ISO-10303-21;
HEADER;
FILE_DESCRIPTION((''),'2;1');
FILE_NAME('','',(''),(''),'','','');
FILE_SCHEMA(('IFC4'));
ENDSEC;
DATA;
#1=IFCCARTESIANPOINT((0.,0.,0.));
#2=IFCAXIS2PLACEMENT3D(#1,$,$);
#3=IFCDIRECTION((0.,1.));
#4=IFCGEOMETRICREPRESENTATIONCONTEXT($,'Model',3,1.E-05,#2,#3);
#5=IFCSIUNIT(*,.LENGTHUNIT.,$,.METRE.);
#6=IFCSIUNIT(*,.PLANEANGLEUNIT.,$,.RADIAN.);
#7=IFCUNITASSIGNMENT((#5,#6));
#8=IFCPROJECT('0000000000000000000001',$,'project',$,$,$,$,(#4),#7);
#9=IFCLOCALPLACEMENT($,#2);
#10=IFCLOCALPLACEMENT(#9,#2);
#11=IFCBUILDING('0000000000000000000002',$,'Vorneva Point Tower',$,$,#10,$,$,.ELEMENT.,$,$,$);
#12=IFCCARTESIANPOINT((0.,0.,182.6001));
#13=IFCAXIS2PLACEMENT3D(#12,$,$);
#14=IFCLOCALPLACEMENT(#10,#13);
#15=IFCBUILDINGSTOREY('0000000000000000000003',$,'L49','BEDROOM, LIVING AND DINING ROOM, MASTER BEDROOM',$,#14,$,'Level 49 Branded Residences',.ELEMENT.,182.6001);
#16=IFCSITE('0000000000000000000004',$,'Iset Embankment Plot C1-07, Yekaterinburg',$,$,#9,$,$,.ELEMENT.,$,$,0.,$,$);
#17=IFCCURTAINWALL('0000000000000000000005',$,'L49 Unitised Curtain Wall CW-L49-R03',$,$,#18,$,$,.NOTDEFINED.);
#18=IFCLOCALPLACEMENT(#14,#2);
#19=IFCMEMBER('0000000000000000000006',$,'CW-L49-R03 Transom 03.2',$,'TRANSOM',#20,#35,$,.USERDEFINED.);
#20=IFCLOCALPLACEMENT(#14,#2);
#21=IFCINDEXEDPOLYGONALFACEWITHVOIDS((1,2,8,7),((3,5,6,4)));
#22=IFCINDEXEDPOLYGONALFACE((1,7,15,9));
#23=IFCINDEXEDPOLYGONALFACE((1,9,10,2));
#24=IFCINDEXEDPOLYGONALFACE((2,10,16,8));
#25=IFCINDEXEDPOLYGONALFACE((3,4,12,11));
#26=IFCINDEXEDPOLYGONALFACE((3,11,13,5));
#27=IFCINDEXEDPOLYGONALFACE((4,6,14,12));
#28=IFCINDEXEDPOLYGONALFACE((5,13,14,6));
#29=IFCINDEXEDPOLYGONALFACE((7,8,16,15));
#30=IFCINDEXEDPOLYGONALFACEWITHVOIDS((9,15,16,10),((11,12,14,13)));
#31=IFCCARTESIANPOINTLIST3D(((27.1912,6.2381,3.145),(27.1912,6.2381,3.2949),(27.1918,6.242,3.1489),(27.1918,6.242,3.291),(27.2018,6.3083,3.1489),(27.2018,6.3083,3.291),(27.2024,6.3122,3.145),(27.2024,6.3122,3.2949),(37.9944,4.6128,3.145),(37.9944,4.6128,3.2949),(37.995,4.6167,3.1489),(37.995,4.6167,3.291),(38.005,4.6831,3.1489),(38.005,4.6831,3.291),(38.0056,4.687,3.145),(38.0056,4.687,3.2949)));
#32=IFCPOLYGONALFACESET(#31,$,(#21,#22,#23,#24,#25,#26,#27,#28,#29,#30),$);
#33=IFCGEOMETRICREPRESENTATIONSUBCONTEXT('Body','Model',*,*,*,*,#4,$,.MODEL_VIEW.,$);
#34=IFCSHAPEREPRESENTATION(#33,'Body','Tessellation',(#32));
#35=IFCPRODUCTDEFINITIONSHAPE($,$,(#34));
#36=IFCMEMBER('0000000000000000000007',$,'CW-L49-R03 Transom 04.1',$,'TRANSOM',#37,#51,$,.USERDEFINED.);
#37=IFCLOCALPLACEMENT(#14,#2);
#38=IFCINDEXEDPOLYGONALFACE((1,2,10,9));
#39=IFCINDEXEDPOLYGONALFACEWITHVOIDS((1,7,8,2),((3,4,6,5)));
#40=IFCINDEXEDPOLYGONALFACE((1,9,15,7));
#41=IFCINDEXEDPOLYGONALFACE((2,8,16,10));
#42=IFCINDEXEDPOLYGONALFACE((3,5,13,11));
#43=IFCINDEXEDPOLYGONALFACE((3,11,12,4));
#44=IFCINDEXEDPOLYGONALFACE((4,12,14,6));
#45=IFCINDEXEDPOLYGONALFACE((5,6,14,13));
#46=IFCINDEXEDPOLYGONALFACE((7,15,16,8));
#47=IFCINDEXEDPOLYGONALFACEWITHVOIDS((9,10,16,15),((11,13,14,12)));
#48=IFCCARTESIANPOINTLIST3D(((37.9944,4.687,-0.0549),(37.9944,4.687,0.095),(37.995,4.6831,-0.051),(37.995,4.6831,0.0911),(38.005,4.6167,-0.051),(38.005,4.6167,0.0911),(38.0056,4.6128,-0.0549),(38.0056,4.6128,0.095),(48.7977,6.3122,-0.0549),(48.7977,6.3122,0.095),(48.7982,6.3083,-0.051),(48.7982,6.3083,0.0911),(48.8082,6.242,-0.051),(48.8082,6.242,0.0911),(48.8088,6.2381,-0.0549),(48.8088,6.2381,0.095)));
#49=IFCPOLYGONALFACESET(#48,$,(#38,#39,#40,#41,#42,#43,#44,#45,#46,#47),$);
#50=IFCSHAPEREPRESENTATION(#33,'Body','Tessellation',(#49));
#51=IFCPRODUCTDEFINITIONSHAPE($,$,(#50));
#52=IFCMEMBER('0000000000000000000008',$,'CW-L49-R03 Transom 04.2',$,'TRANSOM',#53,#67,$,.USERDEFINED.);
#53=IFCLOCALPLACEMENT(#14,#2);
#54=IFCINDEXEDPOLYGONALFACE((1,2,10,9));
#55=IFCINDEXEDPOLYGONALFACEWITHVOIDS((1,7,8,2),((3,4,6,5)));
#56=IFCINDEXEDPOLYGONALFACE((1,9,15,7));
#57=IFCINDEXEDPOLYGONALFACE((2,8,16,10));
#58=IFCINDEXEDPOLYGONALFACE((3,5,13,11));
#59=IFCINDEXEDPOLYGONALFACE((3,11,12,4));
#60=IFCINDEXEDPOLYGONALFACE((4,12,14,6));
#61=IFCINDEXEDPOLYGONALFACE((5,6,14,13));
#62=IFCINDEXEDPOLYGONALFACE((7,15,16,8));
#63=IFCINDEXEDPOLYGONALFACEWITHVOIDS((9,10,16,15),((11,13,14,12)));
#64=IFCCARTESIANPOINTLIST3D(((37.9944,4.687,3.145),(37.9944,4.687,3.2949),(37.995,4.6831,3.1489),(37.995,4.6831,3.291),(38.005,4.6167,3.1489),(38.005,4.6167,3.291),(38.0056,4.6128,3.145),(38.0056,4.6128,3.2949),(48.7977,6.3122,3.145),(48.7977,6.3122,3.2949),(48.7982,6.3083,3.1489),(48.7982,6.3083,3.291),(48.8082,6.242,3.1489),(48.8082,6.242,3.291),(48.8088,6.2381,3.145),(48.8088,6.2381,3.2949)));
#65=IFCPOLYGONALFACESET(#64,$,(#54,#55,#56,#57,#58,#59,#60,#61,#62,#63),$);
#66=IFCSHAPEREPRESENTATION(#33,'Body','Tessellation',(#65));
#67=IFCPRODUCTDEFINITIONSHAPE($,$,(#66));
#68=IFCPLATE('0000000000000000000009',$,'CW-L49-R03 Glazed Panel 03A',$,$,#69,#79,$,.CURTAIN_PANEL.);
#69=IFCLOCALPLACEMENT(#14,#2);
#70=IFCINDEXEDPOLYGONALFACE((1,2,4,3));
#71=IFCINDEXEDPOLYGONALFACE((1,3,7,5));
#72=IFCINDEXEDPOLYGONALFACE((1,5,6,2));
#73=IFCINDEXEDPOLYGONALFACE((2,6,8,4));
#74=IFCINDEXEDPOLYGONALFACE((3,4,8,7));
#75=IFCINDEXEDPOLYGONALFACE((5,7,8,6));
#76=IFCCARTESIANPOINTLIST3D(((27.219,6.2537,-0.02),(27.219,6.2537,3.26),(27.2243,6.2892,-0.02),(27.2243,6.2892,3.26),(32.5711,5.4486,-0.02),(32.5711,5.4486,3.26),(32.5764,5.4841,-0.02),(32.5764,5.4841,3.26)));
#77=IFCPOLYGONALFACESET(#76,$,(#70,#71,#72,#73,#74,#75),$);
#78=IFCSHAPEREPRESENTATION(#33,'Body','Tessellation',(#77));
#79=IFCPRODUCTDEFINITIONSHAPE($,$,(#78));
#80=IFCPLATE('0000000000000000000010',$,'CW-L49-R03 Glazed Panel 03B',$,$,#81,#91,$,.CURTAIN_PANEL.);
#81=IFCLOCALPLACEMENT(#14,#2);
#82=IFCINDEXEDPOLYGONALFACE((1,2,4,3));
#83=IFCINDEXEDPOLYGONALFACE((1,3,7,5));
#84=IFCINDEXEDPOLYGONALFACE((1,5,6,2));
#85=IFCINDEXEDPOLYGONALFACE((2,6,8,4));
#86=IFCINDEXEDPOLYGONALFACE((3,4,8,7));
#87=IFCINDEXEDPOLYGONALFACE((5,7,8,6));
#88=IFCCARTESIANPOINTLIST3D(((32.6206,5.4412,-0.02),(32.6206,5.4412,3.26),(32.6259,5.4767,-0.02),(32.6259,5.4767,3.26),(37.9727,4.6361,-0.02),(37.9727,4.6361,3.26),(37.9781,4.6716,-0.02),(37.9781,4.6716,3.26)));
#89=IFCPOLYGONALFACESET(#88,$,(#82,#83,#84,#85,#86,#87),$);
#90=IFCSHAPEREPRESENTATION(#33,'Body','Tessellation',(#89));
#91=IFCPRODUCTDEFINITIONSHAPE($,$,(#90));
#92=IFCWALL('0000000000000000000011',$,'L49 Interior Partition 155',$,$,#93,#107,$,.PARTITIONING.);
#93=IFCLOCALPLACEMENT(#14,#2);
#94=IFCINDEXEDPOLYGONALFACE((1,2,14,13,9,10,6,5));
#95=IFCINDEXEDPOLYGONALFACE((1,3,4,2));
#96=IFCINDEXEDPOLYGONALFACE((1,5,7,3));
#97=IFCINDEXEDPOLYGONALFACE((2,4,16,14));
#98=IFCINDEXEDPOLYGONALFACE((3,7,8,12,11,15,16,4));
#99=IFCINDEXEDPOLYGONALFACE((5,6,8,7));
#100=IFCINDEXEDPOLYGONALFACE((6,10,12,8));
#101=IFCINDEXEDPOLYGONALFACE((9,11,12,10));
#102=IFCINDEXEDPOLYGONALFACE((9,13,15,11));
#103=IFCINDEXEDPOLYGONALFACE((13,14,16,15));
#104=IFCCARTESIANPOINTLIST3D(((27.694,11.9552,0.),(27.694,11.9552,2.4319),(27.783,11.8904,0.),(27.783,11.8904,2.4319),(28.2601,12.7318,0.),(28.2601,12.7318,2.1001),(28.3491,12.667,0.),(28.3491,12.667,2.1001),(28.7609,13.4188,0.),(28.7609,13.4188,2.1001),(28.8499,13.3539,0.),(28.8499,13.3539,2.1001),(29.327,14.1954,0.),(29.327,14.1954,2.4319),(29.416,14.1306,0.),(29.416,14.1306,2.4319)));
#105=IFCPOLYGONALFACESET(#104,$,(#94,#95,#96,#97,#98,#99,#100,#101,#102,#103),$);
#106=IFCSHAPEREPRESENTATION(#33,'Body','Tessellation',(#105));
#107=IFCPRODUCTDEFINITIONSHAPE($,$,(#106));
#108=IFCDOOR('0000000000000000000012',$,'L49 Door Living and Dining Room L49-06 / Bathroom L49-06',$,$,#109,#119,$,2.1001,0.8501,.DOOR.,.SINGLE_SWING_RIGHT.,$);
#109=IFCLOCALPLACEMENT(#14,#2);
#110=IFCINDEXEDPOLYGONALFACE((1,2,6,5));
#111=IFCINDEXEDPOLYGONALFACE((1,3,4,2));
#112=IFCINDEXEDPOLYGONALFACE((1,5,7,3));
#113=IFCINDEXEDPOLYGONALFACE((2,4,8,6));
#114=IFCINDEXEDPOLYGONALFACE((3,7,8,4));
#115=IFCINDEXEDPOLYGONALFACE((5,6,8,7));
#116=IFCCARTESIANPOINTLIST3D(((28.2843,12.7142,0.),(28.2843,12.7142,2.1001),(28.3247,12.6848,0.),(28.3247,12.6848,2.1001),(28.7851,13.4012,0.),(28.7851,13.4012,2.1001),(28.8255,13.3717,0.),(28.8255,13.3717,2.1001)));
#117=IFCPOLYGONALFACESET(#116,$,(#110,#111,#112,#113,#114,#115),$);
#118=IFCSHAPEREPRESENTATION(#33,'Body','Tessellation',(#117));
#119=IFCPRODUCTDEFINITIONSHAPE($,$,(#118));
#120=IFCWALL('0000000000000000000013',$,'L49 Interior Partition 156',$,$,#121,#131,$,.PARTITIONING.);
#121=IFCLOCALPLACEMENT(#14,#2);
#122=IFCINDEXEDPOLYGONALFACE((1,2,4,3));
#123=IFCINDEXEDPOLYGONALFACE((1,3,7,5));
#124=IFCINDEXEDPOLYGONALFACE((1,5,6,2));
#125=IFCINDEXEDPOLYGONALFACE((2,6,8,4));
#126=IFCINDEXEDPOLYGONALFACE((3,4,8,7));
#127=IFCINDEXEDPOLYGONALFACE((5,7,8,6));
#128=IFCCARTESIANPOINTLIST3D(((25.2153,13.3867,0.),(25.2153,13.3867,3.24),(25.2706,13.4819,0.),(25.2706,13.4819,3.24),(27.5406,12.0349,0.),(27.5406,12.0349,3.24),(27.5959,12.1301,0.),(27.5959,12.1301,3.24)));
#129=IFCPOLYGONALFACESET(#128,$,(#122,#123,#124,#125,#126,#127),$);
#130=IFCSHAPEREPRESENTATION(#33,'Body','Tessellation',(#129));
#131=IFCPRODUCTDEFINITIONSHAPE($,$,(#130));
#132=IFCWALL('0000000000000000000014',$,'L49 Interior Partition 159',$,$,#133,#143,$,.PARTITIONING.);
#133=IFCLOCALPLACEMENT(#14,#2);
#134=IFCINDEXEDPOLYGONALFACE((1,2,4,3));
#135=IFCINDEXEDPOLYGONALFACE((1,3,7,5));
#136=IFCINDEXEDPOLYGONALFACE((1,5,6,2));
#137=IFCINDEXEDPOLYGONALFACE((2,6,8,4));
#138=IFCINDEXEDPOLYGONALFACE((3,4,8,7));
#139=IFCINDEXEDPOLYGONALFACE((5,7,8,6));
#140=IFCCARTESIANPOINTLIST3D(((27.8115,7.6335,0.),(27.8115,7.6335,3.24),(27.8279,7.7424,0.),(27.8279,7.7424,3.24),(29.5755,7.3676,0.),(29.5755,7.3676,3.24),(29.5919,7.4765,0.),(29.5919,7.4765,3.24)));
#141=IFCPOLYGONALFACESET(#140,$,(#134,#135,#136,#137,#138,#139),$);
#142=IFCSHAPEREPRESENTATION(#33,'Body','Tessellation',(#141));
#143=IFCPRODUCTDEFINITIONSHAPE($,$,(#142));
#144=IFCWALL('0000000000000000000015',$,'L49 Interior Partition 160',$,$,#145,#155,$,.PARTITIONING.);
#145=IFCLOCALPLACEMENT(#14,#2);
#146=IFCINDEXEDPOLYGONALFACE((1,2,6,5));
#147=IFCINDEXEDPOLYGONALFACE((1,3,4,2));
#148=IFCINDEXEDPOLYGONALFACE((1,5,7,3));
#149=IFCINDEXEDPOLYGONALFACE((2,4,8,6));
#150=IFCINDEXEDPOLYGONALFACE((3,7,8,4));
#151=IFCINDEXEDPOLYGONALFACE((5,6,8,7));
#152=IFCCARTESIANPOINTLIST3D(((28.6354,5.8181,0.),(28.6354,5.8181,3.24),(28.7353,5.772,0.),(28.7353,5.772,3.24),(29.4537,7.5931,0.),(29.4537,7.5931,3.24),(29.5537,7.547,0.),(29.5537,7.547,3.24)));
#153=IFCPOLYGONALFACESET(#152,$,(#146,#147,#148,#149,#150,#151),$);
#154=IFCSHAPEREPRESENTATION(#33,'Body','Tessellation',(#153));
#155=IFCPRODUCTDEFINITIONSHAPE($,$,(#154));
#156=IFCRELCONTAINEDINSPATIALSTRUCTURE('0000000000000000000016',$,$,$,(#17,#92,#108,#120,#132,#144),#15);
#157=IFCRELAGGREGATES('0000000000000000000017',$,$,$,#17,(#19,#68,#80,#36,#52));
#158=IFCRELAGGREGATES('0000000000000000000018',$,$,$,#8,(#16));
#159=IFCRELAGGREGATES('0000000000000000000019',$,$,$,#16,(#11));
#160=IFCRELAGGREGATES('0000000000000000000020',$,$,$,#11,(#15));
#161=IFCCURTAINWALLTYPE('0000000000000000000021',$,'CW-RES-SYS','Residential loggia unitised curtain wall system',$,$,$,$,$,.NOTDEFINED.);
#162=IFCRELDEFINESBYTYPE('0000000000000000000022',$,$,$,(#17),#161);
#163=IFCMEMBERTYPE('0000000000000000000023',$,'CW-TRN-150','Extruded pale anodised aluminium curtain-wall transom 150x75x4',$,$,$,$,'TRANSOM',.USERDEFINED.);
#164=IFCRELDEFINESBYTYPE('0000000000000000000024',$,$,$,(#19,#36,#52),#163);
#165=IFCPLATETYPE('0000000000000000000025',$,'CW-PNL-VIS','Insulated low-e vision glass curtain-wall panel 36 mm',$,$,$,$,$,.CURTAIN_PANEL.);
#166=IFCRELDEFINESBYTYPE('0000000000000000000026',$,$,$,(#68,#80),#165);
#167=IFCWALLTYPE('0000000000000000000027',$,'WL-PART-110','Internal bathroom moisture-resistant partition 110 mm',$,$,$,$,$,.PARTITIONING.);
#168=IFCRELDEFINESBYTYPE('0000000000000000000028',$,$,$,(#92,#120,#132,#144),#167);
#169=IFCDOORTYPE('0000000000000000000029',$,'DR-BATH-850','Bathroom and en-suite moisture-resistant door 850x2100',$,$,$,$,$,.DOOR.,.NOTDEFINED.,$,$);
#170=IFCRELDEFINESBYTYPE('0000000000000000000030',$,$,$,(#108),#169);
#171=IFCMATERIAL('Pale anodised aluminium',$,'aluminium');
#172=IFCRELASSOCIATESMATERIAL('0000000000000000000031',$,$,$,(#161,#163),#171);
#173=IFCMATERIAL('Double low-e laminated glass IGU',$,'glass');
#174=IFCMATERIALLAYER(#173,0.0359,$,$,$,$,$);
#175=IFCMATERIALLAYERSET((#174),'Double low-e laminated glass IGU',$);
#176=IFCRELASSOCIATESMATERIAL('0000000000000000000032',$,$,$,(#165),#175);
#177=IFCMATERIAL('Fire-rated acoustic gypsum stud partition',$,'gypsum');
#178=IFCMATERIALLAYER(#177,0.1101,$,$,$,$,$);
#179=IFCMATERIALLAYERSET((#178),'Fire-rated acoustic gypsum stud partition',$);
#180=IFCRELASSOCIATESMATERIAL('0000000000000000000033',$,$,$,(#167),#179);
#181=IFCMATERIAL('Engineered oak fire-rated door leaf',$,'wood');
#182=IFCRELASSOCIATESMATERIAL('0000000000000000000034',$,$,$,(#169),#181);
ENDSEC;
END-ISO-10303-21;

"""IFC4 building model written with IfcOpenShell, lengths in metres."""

from ifc_helpers import new_model, si_unit, direction, frame, frame_2d, origin, origin_2d, place, context, subcontext, project, spatial, rectangle, hollow_rectangle, extrude, material, layer, layer_set, material_profile, profile_set, type_object, element, fill, aggregate, save


model = new_model("IFC4")

# Units and contexts
model_context = context("Model", 3, precision=1e-05, world=origin(), true_north=direction((0.0, 1.0)))
body_context = subcontext(model_context, "Body", "Model", "MODEL_VIEW")
ifc_project = project(units=[si_unit("LENGTHUNIT", "METRE"), si_unit("PLANEANGLEUNIT", "RADIAN")], contexts=[model_context])

# Site, building, storey
site_placement = place(None, origin())
site = spatial("IfcSite", under=ifc_project, at=site_placement, Name="Iset Embankment Plot C1-07, Yekaterinburg", CompositionType="ELEMENT", RefElevation=0.0)
building_placement = place(site_placement, origin())
building = spatial("IfcBuilding", under=site, at=building_placement, Name="Vorneva Point Tower", CompositionType="ELEMENT")
storey_placement = place(building_placement, frame((0.0, 0.0, 182.6001)))
storey = spatial("IfcBuildingStorey", under=building, at=storey_placement, Name="L49", Description="BEDROOM, LIVING AND DINING ROOM, MASTER BEDROOM", LongName="Level 49 Branded Residences", CompositionType="ELEMENT", Elevation=182.6001)

# Curtain wall, members, plates
ifc_material_1 = material(Name="Pale anodised aluminium", Category="aluminium")
curtain_wall_type = type_object("IfcCurtainWallType", Name="CW-RES-SYS", Description="Residential loggia unitised curtain wall system", PredefinedType="NOTDEFINED", material=ifc_material_1)
curtain_wall_placement = place(storey_placement, origin())
curtain_wall = element("IfcCurtainWall", 1, at=curtain_wall_placement, inside=storey, type_object=curtain_wall_type, Name="L49 Unitised Curtain Wall CW-L49-R03", PredefinedType="NOTDEFINED")
ifc_material_profile_1 = material_profile(ifc_material_1, hollow_rectangle(XDim=0.075, YDim=0.1499, WallThickness=0.0039, at=origin_2d()), Name="AL-TRN 150x75x4")
ifc_profile_set_1 = profile_set([ifc_material_profile_1], Name="Pale anodised aluminium")
member_type_1 = type_object("IfcMemberType", Name="CW-TRN-150", Description="Extruded pale anodised aluminium curtain-wall transom 150x75x4", ElementType="TRANSOM", PredefinedType="USERDEFINED", material=ifc_profile_set_1)
member_1_placement = place(storey_placement, frame((27.1968, 6.2751, 3.22), z_axis=(0.988872, -0.148767, 0.0), x_axis=(0.148767, 0.988872, 0.0)))
member_1 = element("IfcMember", 2, at=member_1_placement, type_object=member_type_1, Name="CW-L49-R03 Transom 03.2", ObjectType="TRANSOM", PredefinedType="USERDEFINED", context=body_context, shape_type="SweptSolid", body=[
    extrude(hollow_rectangle(XDim=0.075, YDim=0.1499, WallThickness=0.0039, at=origin_2d()), origin(), (0.0, 0.0, 1.0), 10.9248),
])
member_2_placement = place(storey_placement, frame((38.0, 4.6499, 0.02), z_axis=(0.988872, 0.148767, 0.0), x_axis=(-0.148767, 0.988872, 0.0)))
member_2 = element("IfcMember", 3, at=member_2_placement, type_object=member_type_1, Name="CW-L49-R03 Transom 04.1", ObjectType="TRANSOM", PredefinedType="USERDEFINED", context=body_context, shape_type="SweptSolid", body=[
    extrude(hollow_rectangle(XDim=0.075, YDim=0.1499, WallThickness=0.0039, at=origin_2d()), origin(), (0.0, 0.0, 1.0), 10.9248),
])
member_3_placement = place(storey_placement, frame((38.0, 4.6499, 3.22), z_axis=(0.988872, 0.148767, 0.0), x_axis=(-0.148767, 0.988872, 0.0)))
member_3 = element("IfcMember", 4, at=member_3_placement, type_object=member_type_1, Name="CW-L49-R03 Transom 04.2", ObjectType="TRANSOM", PredefinedType="USERDEFINED", context=body_context, shape_type="SweptSolid", body=[
    extrude(hollow_rectangle(XDim=0.075, YDim=0.1499, WallThickness=0.0039, at=origin_2d()), origin(), (0.0, 0.0, 1.0), 10.9248),
])
ifc_material_2 = material(Name="Double low-e laminated glass IGU", Category="glass")
ifc_layer_1 = layer(ifc_material_2, 0.0359)
ifc_layer_set_1 = layer_set([ifc_layer_1], Name="Double low-e laminated glass IGU")
plate_type = type_object("IfcPlateType", Name="CW-PNL-VIS", Description="Insulated low-e vision glass curtain-wall panel 36 mm", PredefinedType="CURTAIN_PANEL", material=ifc_layer_set_1)
plate_1_placement = place(storey_placement, frame((29.8977, 5.8689, -0.02), z_axis=(0.0, 0.0, 1.0), x_axis=(0.988874, -0.148759, 0.0)))
plate_1 = element("IfcPlate", 5, at=plate_1_placement, type_object=plate_type, Name="CW-L49-R03 Glazed Panel 03A", PredefinedType="CURTAIN_PANEL", context=body_context, shape_type="SweptSolid", body=[
    extrude(rectangle(XDim=5.4124, YDim=0.0359, at=origin_2d()), origin(), (0.0, 0.0, 1.0), 3.28),
])
plate_2_placement = place(storey_placement, frame((35.2993, 5.0564, -0.02), z_axis=(0.0, 0.0, 1.0), x_axis=(0.988874, -0.148759, 0.0)))
plate_2 = element("IfcPlate", 6, at=plate_2_placement, type_object=plate_type, Name="CW-L49-R03 Glazed Panel 03B", PredefinedType="CURTAIN_PANEL", context=body_context, shape_type="SweptSolid", body=[
    extrude(rectangle(XDim=5.4124, YDim=0.0359, at=origin_2d()), origin(), (0.0, 0.0, 1.0), 3.28),
])
aggregate(curtain_wall, [member_1, plate_1, plate_2, member_2, member_3])

# Wall, opening, door
ifc_material_3 = material(Name="Fire-rated acoustic gypsum stud partition", Category="gypsum")
ifc_layer_2 = layer(ifc_material_3, 0.1101)
ifc_layer_set_2 = layer_set([ifc_layer_2], Name="Fire-rated acoustic gypsum stud partition")
wall_type_1 = type_object("IfcWallType", Name="WL-PART-110", Description="Internal bathroom moisture-resistant partition 110 mm", PredefinedType="PARTITIONING", material=ifc_layer_set_2)
wall_1_placement = place(storey_placement, frame((29.3716, 14.1631, 0.0), z_axis=(0.0, 0.0, 1.0), x_axis=(-0.589067, -0.808084, 0.0)))
wall_1 = element("IfcWall", 7, at=wall_1_placement, inside=storey, type_object=wall_type_1, Name="L49 Interior Partition 155", PredefinedType="PARTITIONING", context=body_context, shape_type="SweptSolid", body=[
    extrude(rectangle(XDim=2.7722, YDim=0.1101, at=frame_2d((1.3862, 0.0))), origin(), (0.0, 0.0, 1.0), 2.4319),
])
opening_1_placement = place(wall_1_placement, frame((0.9612, 0.0, 0.0)))
opening_1 = element("IfcOpeningElement", 8, at=opening_1_placement, cuts=wall_1, PredefinedType="OPENING", context=body_context, shape_type="SweptSolid", body=[
    extrude(rectangle(XDim=0.8501, YDim=2.1001, at=frame_2d((0.425, 1.05))), frame((0.0, 0.0698, 0.0), z_axis=(0.0, -1.0, 0.0), x_axis=(1.0, 0.0, 0.0)), (0.0, 0.0, 1.0), 0.1399),
])
ifc_material_4 = material(Name="Engineered oak fire-rated door leaf", Category="wood")
door_type_1 = type_object("IfcDoorType", Name="DR-BATH-850", Description="Bathroom and en-suite moisture-resistant door 850x2100", OperationType="NOTDEFINED", PredefinedType="DOOR", material=ifc_material_4)
door_1_placement = place(opening_1_placement, origin())
door_1 = element("IfcDoor", 9, at=door_1_placement, inside=storey, type_object=door_type_1, Name="L49 Door Living and Dining Room L49-06 / Bathroom L49-06", OperationType="SINGLE_SWING_RIGHT", OverallHeight=2.1001, OverallWidth=0.8501, PredefinedType="DOOR", context=body_context, shape_type="SweptSolid", body=[
    extrude(rectangle(XDim=0.8501, YDim=2.1001, at=frame_2d((0.425, 1.05))), frame((0.0, 0.0249, 0.0), z_axis=(0.0, -1.0, 0.0), x_axis=(1.0, 0.0, 0.0)), (0.0, 0.0, 1.0), 0.05),
])
fill(opening_1, door_1)

# Walls
wall_2_placement = place(storey_placement, frame((27.5681, 12.0825, 0.0), z_axis=(0.0, 0.0, 1.0), x_axis=(-0.864515, 0.502606, 0.0)))
element("IfcWall", 10, at=wall_2_placement, inside=storey, type_object=wall_type_1, Name="L49 Interior Partition 156", PredefinedType="PARTITIONING", context=body_context, shape_type="SweptSolid", body=[
    extrude(rectangle(XDim=2.6897, YDim=0.1101, at=frame_2d((1.3447, 0.0))), origin(), (0.0, 0.0, 1.0), 3.24),
])
wall_3_placement = place(storey_placement, frame((27.8196, 7.688, 0.0), z_axis=(0.0, 0.0, 1.0), x_axis=(0.988831, -0.149043, 0.0)))
element("IfcWall", 11, at=wall_3_placement, inside=storey, type_object=wall_type_1, Name="L49 Interior Partition 159", PredefinedType="PARTITIONING", context=body_context, shape_type="SweptSolid", body=[
    extrude(rectangle(XDim=1.7839, YDim=0.1101, at=frame_2d((0.8921, 0.0))), origin(), (0.0, 0.0, 1.0), 3.24),
])
wall_4_placement = place(storey_placement, frame((29.5037, 7.5701, 0.0), z_axis=(0.0, 0.0, 1.0), x_axis=(-0.418662, -0.908142, 0.0)))
element("IfcWall", 12, at=wall_4_placement, inside=storey, type_object=wall_type_1, Name="L49 Interior Partition 160", PredefinedType="PARTITIONING", context=body_context, shape_type="SweptSolid", body=[
    extrude(rectangle(XDim=1.9546, YDim=0.1101, at=frame_2d((0.9773, 0.0))), origin(), (0.0, 0.0, 1.0), 3.24),
])

save(model, "model.ifc")
